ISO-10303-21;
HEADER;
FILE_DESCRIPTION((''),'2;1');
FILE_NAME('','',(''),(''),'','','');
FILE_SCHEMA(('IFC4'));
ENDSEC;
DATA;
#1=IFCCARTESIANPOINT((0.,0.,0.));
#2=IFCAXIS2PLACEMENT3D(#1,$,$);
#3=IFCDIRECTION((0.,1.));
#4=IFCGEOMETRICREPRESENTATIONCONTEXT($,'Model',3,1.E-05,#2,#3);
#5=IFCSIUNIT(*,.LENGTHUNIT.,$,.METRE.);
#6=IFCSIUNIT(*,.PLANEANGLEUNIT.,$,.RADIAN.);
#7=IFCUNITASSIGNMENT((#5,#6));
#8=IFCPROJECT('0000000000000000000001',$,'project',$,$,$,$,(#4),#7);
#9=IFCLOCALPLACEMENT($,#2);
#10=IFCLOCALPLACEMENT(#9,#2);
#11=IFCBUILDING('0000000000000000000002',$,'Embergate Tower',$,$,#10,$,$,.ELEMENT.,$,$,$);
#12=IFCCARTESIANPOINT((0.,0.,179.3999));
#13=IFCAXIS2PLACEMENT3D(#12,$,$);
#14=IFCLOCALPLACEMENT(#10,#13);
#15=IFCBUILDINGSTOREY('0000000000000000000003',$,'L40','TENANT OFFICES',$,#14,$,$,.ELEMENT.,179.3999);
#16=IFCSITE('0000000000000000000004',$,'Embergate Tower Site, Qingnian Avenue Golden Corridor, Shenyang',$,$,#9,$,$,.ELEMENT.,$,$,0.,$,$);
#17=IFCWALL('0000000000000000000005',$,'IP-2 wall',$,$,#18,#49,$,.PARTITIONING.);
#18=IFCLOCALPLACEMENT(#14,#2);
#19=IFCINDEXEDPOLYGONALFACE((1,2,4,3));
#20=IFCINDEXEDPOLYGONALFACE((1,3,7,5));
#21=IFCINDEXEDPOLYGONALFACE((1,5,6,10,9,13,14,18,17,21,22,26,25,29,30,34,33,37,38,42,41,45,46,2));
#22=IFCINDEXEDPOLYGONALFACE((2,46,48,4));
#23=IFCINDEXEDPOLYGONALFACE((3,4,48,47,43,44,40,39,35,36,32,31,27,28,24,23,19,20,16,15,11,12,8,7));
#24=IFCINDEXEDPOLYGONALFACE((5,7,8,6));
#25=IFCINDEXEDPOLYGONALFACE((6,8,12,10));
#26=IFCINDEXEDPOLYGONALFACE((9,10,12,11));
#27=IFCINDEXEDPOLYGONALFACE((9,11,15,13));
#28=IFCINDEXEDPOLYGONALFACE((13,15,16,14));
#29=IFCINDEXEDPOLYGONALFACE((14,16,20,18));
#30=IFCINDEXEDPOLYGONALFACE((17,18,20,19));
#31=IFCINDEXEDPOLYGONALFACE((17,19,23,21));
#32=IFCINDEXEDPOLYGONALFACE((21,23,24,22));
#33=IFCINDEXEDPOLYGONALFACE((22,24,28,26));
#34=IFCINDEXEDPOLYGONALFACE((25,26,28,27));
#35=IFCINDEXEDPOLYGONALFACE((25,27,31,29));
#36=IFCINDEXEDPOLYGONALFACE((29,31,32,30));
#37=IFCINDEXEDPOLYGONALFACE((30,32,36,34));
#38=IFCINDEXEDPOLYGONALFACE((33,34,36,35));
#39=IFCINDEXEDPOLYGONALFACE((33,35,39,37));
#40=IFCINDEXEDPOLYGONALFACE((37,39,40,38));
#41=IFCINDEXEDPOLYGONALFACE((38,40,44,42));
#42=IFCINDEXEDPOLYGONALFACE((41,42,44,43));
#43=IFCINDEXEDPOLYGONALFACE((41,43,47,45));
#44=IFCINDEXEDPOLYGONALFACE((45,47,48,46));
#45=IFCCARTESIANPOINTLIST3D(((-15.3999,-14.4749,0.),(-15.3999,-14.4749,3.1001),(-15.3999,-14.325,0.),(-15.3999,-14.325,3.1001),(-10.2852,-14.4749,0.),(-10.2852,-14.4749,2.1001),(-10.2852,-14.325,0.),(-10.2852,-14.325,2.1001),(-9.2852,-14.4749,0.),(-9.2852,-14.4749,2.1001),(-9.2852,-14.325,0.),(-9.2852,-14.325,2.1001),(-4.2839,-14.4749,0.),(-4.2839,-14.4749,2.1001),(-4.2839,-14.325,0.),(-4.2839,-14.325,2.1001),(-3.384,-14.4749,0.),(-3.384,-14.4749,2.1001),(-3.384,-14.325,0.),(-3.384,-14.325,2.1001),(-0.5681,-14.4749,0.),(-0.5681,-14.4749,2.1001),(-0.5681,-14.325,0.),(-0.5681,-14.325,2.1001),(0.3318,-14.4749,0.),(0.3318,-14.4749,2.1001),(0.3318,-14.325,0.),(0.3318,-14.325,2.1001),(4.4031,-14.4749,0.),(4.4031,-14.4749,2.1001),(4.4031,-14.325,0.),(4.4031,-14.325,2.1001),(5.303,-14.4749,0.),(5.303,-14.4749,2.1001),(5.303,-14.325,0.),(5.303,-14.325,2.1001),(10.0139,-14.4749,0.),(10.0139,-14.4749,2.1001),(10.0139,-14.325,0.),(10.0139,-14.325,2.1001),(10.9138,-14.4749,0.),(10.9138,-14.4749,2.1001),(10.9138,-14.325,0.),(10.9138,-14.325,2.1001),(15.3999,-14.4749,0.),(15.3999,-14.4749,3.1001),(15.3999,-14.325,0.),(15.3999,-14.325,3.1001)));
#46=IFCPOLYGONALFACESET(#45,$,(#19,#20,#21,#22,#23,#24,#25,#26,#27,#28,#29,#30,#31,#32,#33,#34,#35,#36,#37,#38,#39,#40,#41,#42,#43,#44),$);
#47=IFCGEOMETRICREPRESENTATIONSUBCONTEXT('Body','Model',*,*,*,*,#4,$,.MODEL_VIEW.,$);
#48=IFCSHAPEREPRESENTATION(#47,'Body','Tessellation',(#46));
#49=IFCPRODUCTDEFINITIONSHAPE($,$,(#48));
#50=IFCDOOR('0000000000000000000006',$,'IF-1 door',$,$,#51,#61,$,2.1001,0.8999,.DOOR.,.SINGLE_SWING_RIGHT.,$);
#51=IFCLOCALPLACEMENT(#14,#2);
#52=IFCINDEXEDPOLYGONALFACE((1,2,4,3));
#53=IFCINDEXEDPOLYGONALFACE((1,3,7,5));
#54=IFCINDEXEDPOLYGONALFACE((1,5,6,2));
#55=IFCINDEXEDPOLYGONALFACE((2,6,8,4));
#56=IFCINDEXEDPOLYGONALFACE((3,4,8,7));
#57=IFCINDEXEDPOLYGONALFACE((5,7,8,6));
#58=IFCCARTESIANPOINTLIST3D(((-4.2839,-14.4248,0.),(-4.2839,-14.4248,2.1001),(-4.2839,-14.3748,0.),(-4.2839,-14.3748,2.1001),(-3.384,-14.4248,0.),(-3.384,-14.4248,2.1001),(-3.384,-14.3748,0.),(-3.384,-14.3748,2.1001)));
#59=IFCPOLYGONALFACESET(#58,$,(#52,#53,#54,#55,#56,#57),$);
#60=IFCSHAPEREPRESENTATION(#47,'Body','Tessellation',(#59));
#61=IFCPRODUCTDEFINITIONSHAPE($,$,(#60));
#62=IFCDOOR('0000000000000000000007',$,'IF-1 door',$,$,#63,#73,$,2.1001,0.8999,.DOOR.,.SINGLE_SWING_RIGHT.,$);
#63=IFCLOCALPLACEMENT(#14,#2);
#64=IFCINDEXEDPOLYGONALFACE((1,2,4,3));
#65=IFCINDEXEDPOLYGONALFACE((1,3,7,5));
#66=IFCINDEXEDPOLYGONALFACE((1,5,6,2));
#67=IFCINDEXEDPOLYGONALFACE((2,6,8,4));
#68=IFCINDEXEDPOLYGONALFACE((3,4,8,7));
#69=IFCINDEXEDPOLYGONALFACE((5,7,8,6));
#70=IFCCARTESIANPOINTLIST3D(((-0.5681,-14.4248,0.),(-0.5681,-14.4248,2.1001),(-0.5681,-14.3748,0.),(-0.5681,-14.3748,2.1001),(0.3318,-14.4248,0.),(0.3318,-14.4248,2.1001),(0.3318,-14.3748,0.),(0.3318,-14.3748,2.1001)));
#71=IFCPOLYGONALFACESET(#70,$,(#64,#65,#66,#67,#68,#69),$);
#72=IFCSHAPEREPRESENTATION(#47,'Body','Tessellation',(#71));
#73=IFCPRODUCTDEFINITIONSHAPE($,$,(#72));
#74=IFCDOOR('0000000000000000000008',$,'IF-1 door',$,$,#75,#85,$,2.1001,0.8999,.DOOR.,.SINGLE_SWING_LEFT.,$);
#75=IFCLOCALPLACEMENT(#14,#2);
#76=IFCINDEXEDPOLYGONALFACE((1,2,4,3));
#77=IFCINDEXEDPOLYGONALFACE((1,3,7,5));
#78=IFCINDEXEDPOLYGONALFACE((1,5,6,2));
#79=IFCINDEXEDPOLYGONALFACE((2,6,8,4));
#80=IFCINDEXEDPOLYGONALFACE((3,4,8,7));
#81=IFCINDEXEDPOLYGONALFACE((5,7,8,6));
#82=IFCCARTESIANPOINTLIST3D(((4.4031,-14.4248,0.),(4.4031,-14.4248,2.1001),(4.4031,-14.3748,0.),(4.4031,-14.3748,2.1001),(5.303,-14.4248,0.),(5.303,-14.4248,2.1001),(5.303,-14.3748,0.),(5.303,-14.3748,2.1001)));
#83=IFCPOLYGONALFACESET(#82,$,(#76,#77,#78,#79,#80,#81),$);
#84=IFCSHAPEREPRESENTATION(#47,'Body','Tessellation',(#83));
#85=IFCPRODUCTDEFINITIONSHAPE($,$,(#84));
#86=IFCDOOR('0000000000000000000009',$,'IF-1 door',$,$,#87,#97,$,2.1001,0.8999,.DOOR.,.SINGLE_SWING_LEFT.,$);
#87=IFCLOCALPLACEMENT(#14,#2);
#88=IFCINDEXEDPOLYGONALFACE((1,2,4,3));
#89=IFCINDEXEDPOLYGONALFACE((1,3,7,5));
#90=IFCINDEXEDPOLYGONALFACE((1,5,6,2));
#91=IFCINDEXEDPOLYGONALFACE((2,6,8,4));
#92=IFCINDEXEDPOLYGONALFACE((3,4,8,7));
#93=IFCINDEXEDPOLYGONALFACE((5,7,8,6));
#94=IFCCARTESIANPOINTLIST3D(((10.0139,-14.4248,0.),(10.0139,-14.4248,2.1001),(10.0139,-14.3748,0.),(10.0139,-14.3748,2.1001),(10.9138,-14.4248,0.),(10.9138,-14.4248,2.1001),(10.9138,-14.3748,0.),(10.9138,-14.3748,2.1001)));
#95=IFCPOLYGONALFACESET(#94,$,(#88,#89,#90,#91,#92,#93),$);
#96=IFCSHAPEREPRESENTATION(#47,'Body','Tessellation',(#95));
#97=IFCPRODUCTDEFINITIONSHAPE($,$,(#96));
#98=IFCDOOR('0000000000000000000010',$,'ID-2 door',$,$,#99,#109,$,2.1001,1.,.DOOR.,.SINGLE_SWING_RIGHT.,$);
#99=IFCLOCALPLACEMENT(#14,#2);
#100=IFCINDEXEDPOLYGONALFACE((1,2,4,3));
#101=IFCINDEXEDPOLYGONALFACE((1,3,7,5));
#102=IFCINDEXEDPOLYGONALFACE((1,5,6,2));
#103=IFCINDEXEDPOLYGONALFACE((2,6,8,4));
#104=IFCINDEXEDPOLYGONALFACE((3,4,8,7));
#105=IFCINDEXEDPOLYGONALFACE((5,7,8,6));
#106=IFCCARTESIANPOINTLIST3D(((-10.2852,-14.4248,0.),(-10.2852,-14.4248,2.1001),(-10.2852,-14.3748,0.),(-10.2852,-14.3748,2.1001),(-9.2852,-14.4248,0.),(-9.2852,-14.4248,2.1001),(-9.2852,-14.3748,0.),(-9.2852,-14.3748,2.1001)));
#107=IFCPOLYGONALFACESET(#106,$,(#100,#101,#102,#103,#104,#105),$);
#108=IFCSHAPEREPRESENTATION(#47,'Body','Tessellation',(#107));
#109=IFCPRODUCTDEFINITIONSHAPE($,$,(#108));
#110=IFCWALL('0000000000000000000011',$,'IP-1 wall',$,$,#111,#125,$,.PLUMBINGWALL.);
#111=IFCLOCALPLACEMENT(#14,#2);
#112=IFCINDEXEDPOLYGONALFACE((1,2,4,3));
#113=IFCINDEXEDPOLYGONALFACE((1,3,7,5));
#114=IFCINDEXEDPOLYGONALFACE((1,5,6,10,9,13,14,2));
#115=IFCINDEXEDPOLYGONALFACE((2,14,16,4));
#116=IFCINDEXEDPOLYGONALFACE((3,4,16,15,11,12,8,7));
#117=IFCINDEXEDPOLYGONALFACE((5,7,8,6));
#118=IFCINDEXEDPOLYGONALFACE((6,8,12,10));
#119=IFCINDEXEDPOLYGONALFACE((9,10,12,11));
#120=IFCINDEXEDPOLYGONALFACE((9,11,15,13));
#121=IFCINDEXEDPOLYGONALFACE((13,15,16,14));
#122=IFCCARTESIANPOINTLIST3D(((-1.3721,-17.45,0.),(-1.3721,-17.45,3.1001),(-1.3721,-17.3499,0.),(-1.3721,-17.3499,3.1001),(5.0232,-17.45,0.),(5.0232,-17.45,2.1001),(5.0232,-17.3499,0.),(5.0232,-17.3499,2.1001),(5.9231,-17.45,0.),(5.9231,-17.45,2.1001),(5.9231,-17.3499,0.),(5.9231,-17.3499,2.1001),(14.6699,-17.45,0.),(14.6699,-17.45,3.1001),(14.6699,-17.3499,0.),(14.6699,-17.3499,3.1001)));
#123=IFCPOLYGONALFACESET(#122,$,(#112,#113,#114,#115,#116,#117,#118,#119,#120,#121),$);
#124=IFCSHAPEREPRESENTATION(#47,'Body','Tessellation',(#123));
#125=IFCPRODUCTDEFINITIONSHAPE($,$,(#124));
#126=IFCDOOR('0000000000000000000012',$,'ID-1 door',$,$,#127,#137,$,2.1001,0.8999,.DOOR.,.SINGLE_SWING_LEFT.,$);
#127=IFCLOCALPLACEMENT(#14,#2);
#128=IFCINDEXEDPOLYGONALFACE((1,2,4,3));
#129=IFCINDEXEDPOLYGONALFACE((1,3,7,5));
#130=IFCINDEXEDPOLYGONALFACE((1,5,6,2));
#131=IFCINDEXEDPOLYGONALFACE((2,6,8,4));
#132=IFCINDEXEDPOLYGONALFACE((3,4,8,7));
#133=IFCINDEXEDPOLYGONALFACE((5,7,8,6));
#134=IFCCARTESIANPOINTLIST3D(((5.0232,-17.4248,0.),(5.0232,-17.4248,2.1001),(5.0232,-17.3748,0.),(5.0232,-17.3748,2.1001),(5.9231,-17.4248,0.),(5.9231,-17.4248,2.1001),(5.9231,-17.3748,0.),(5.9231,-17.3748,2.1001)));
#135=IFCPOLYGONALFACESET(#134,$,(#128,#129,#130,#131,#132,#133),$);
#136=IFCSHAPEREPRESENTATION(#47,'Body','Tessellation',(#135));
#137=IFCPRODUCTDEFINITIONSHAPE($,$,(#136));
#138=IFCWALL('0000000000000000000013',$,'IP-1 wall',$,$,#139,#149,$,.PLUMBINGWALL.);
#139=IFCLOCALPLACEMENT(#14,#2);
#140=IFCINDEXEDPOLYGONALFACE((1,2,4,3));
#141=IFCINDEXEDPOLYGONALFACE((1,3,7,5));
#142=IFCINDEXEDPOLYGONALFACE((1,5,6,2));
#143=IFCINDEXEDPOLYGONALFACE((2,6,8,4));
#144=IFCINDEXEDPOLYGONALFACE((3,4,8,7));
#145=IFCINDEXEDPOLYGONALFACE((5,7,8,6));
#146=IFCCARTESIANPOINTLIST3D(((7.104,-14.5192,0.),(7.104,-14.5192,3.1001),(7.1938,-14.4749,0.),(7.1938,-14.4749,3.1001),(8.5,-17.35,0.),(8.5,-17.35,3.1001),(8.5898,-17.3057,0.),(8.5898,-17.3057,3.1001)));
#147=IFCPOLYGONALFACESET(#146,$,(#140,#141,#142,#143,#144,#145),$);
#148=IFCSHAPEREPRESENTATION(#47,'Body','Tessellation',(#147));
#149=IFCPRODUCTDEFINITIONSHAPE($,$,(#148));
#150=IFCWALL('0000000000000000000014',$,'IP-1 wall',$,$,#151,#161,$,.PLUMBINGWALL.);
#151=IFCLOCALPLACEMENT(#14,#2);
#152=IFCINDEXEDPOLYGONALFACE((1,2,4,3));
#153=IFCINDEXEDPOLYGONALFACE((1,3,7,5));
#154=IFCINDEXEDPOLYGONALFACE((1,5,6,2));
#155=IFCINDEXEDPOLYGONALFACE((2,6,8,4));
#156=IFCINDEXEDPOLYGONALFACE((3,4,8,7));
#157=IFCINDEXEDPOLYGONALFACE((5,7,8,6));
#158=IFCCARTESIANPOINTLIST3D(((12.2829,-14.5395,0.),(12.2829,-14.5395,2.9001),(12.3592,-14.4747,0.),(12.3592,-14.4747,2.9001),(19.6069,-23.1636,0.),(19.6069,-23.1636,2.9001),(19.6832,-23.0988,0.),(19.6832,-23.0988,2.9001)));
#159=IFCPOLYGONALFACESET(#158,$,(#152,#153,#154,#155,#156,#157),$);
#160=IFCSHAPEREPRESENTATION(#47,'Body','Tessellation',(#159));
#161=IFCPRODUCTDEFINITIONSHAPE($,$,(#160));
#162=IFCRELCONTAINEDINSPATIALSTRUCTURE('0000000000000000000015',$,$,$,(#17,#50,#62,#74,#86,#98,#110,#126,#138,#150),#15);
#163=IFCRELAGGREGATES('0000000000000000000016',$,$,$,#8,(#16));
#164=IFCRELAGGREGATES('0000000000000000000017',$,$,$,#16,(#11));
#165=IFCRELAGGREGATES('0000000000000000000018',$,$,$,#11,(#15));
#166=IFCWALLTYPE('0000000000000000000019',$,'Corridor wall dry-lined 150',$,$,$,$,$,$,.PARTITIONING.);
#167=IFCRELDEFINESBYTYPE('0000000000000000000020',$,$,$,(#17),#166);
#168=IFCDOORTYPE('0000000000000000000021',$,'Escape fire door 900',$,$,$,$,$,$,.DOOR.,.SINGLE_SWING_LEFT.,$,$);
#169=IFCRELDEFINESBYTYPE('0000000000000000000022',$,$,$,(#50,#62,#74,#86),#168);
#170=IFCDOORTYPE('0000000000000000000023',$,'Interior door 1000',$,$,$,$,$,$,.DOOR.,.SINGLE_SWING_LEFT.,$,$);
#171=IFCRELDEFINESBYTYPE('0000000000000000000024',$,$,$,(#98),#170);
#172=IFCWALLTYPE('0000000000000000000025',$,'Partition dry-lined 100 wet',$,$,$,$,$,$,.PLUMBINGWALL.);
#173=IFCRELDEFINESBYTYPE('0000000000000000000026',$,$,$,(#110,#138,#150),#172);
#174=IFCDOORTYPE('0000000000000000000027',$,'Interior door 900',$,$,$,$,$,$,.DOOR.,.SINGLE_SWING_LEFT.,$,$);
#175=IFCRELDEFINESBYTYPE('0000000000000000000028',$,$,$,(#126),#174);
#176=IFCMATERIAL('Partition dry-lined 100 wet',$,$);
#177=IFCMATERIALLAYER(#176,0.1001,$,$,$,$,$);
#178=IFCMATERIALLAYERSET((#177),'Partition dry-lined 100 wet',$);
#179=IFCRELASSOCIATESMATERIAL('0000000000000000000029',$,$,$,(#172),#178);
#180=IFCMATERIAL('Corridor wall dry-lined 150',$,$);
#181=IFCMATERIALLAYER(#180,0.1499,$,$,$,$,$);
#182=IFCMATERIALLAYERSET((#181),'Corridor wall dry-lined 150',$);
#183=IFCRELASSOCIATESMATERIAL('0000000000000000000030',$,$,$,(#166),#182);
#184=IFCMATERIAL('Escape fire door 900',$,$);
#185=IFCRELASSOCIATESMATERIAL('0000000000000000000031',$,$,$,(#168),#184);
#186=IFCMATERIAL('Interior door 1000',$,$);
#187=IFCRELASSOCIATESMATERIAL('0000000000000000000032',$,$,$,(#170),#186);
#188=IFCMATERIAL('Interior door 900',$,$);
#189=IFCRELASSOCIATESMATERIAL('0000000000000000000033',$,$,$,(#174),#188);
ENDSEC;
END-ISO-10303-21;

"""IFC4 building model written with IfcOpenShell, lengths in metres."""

from ifc_helpers import new_model, si_unit, direction, frame, frame_2d, origin, place, context, subcontext, project, spatial, rectangle, extrude, source, transform, mapped, material, layer, layer_set, type_object, element, fill, save


model = new_model("IFC4")

# Units and contexts
model_context = context("Model", 3, precision=1e-05, world=origin(), true_north=direction((0.0, 1.0)))
body_context = subcontext(model_context, "Body", "Model", "MODEL_VIEW")
ifc_project = project(units=[si_unit("LENGTHUNIT", "METRE"), si_unit("PLANEANGLEUNIT", "RADIAN")], contexts=[model_context])

# Site, building, storey
site_placement = place(None, origin())
site = spatial("IfcSite", under=ifc_project, at=site_placement, Name="Embergate Tower Site, Qingnian Avenue Golden Corridor, Shenyang", CompositionType="ELEMENT", RefElevation=0.0)
building_placement = place(site_placement, origin())
building = spatial("IfcBuilding", under=site, at=building_placement, Name="Embergate Tower", CompositionType="ELEMENT")
storey_placement = place(building_placement, frame((0.0, 0.0, 179.3999)))
storey = spatial("IfcBuildingStorey", under=building, at=storey_placement, Name="L40", Description="TENANT OFFICES", CompositionType="ELEMENT", Elevation=179.3999)

# Shared definitions
shared_shape_1 = source(origin(), body_context, "Body", "SweptSolid", [
    extrude(rectangle(XDim=1.0, YDim=2.1001, at=frame_2d((0.5, 1.05))), frame((0.0, 0.0249, 0.0), z_axis=(0.0, -1.0, 0.0), x_axis=(1.0, 0.0, 0.0)), (0.0, 0.0, 1.0), 0.05),
])

# Shared definitions
ifc_material_1 = material(Name="Partition dry-lined 100 wet")
ifc_layer_1 = layer(ifc_material_1, 0.1001)
ifc_layer_set_1 = layer_set([ifc_layer_1], Name="Partition dry-lined 100 wet")
wall_type_1 = type_object("IfcWallType", Name="Partition dry-lined 100 wet", PredefinedType="PLUMBINGWALL", material=ifc_layer_set_1)

# Wall, openings, doors
ifc_material_2 = material(Name="Corridor wall dry-lined 150")
ifc_layer_2 = layer(ifc_material_2, 0.1499)
ifc_layer_set_2 = layer_set([ifc_layer_2], Name="Corridor wall dry-lined 150")
wall_type_2 = type_object("IfcWallType", Name="Corridor wall dry-lined 150", PredefinedType="PARTITIONING", material=ifc_layer_set_2)
shared_shape_2 = source(origin(), body_context, "Body", "SweptSolid", [
    extrude(rectangle(XDim=30.7998, YDim=0.1499, at=frame_2d((15.3999, 0.0))), origin(), (0.0, 0.0, 1.0), 3.1001),
])
wall_1_placement = place(storey_placement, frame((15.3999, -14.3999, 0.0), z_axis=(0.0, 0.0, 1.0), x_axis=(-1.0, 0.0, 0.0)))
wall_1 = element("IfcWall", 1, at=wall_1_placement, inside=storey, type_object=wall_type_2, Name="IP-2 wall", PredefinedType="PARTITIONING", context=body_context, shape_type="MappedRepresentation", body=[
    mapped(shared_shape_2, transform((0.0, 0.0, 0.0))),
])
shared_shape_3 = source(origin(), body_context, "Body", "SweptSolid", [
    extrude(rectangle(XDim=1.0, YDim=2.1001, at=frame_2d((0.5, 1.05))), frame((0.0, 0.085, 0.0), z_axis=(0.0, -1.0, 0.0), x_axis=(1.0, 0.0, 0.0)), (0.0, 0.0, 1.0), 0.1699),
])
opening_1_placement = place(wall_1_placement, frame((24.6851, 0.0, 0.0)))
opening_1 = element("IfcOpeningElement", 2, at=opening_1_placement, cuts=wall_1, PredefinedType="OPENING", context=body_context, shape_type="MappedRepresentation", body=[
    mapped(shared_shape_3, transform((0.0, 0.0, 0.0))),
])
shared_shape_4 = source(origin(), body_context, "Body", "SweptSolid", [
    extrude(rectangle(XDim=0.8999, YDim=2.1001, at=frame_2d((0.45, 1.05))), frame((0.0, 0.085, 0.0), z_axis=(0.0, -1.0, 0.0), x_axis=(1.0, 0.0, 0.0)), (0.0, 0.0, 1.0), 0.1699),
])
opening_2_placement = place(wall_1_placement, frame((18.7839, 0.0, 0.0)))
opening_2 = element("IfcOpeningElement", 3, at=opening_2_placement, cuts=wall_1, PredefinedType="OPENING", context=body_context, shape_type="MappedRepresentation", body=[
    mapped(shared_shape_4, transform((0.0, 0.0, 0.0))),
])
opening_3_placement = place(wall_1_placement, frame((15.0681, 0.0, 0.0)))
opening_3 = element("IfcOpeningElement", 4, at=opening_3_placement, cuts=wall_1, PredefinedType="OPENING", context=body_context, shape_type="MappedRepresentation", body=[
    mapped(shared_shape_4, transform((0.0, 0.0, 0.0))),
])
opening_4_placement = place(wall_1_placement, frame((10.0969, 0.0, 0.0)))
opening_4 = element("IfcOpeningElement", 5, at=opening_4_placement, cuts=wall_1, PredefinedType="OPENING", context=body_context, shape_type="MappedRepresentation", body=[
    mapped(shared_shape_4, transform((0.0, 0.0, 0.0))),
])
opening_5_placement = place(wall_1_placement, frame((4.4861, 0.0, 0.0)))
opening_5 = element("IfcOpeningElement", 6, at=opening_5_placement, cuts=wall_1, PredefinedType="OPENING", context=body_context, shape_type="MappedRepresentation", body=[
    mapped(shared_shape_4, transform((0.0, 0.0, 0.0))),
])
ifc_material_3 = material(Name="Escape fire door 900")
door_type_1 = type_object("IfcDoorType", Name="Escape fire door 900", OperationType="SINGLE_SWING_LEFT", PredefinedType="DOOR", material=ifc_material_3)
shared_shape_5 = source(origin(), body_context, "Body", "SweptSolid", [
    extrude(rectangle(XDim=0.8999, YDim=2.1001, at=frame_2d((0.45, 1.05))), frame((0.0, 0.0249, 0.0), z_axis=(0.0, -1.0, 0.0), x_axis=(1.0, 0.0, 0.0)), (0.0, 0.0, 1.0), 0.05),
])
door_1_placement = place(opening_2_placement, origin())
door_1 = element("IfcDoor", 7, at=door_1_placement, inside=storey, type_object=door_type_1, Name="IF-1 door", OperationType="SINGLE_SWING_RIGHT", OverallHeight=2.1001, OverallWidth=0.8999, PredefinedType="DOOR", context=body_context, shape_type="MappedRepresentation", body=[
    mapped(shared_shape_5, transform((0.0, 0.0, 0.0))),
])
fill(opening_2, door_1)
door_2_placement = place(opening_3_placement, origin())
door_2 = element("IfcDoor", 8, at=door_2_placement, inside=storey, type_object=door_type_1, Name="IF-1 door", OperationType="SINGLE_SWING_RIGHT", OverallHeight=2.1001, OverallWidth=0.8999, PredefinedType="DOOR", context=body_context, shape_type="MappedRepresentation", body=[
    mapped(shared_shape_5, transform((0.0, 0.0, 0.0))),
])
fill(opening_3, door_2)
door_3_placement = place(opening_4_placement, origin())
door_3 = element("IfcDoor", 9, at=door_3_placement, inside=storey, type_object=door_type_1, Name="IF-1 door", OperationType="SINGLE_SWING_LEFT", OverallHeight=2.1001, OverallWidth=0.8999, PredefinedType="DOOR", context=body_context, shape_type="MappedRepresentation", body=[
    mapped(shared_shape_5, transform((0.0, 0.0, 0.0))),
])
fill(opening_4, door_3)
door_4_placement = place(opening_5_placement, origin())
door_4 = element("IfcDoor", 10, at=door_4_placement, inside=storey, type_object=door_type_1, Name="IF-1 door", OperationType="SINGLE_SWING_LEFT", OverallHeight=2.1001, OverallWidth=0.8999, PredefinedType="DOOR", context=body_context, shape_type="MappedRepresentation", body=[
    mapped(shared_shape_5, transform((0.0, 0.0, 0.0))),
])
fill(opening_5, door_4)
ifc_material_4 = material(Name="Interior door 1000")
door_type_2 = type_object("IfcDoorType", Name="Interior door 1000", OperationType="SINGLE_SWING_LEFT", PredefinedType="DOOR", material=ifc_material_4)
door_5_placement = place(opening_1_placement, origin())
door_5 = element("IfcDoor", 11, at=door_5_placement, inside=storey, type_object=door_type_2, Name="ID-2 door", OperationType="SINGLE_SWING_RIGHT", OverallHeight=2.1001, OverallWidth=1.0, PredefinedType="DOOR", context=body_context, shape_type="MappedRepresentation", body=[
    mapped(shared_shape_1, transform((0.0, 0.0, 0.0))),
])
fill(opening_1, door_5)

# Wall, opening, door
shared_shape_6 = source(origin(), body_context, "Body", "SweptSolid", [
    extrude(rectangle(XDim=16.042, YDim=0.1001, at=frame_2d((8.021, 0.0))), origin(), (0.0, 0.0, 1.0), 3.1001),
])
wall_2_placement = place(storey_placement, frame((14.6699, -17.3999, 0.0), z_axis=(0.0, 0.0, 1.0), x_axis=(-1.0, 0.0, 0.0)))
wall_2 = element("IfcWall", 12, at=wall_2_placement, inside=storey, type_object=wall_type_1, Name="IP-1 wall", PredefinedType="PLUMBINGWALL", context=body_context, shape_type="MappedRepresentation", body=[
    mapped(shared_shape_6, transform((0.0, 0.0, 0.0))),
])
shared_shape_7 = source(origin(), body_context, "Body", "SweptSolid", [
    extrude(rectangle(XDim=0.8999, YDim=2.1001, at=frame_2d((0.45, 1.05))), frame((0.0, 0.0601, 0.0), z_axis=(0.0, -1.0, 0.0), x_axis=(1.0, 0.0, 0.0)), (0.0, 0.0, 1.0), 0.1201),
])
opening_6_placement = place(wall_2_placement, frame((8.7468, 0.0, 0.0)))
opening_6 = element("IfcOpeningElement", 13, at=opening_6_placement, cuts=wall_2, PredefinedType="OPENING", context=body_context, shape_type="MappedRepresentation", body=[
    mapped(shared_shape_7, transform((0.0, 0.0, 0.0))),
])
ifc_material_5 = material(Name="Interior door 900")
door_type_3 = type_object("IfcDoorType", Name="Interior door 900", OperationType="SINGLE_SWING_LEFT", PredefinedType="DOOR", material=ifc_material_5)
door_6_placement = place(opening_6_placement, origin())
door_6 = element("IfcDoor", 14, at=door_6_placement, inside=storey, type_object=door_type_3, Name="ID-1 door", OperationType="SINGLE_SWING_LEFT", OverallHeight=2.1001, OverallWidth=0.8999, PredefinedType="DOOR", context=body_context, shape_type="MappedRepresentation", body=[
    mapped(shared_shape_5, transform((0.0, 0.0, 0.0))),
])
fill(opening_6, door_6)

# Walls
shared_shape_8 = source(origin(), body_context, "Body", "SweptSolid", [
    extrude(rectangle(XDim=3.1562, YDim=0.1001, at=frame_2d((1.5781, 0.0))), origin(), (0.0, 0.0, 1.0), 3.1001),
])
wall_3_placement = place(storey_placement, frame((7.1489, -14.4971, 0.0), z_axis=(0.0, 0.0, 1.0), x_axis=(0.442287, -0.896873, 0.0)))
element("IfcWall", 15, at=wall_3_placement, inside=storey, type_object=wall_type_1, Name="IP-1 wall", PredefinedType="PLUMBINGWALL", context=body_context, shape_type="MappedRepresentation", body=[
    mapped(shared_shape_8, transform((0.0, 0.0, 0.0))),
])
shared_shape_9 = source(origin(), body_context, "Body", "SweptSolid", [
    extrude(rectangle(XDim=11.3145, YDim=0.1001, at=frame_2d((5.6572, 0.0))), origin(), (0.0, 0.0, 1.0), 2.9001),
])
wall_4_placement = place(storey_placement, frame((12.321, -14.5071, 0.0), z_axis=(0.0, 0.0, 1.0), x_axis=(0.647318, -0.76222, 0.0)))
element("IfcWall", 16, at=wall_4_placement, inside=storey, type_object=wall_type_1, Name="IP-1 wall", PredefinedType="PLUMBINGWALL", context=body_context, shape_type="MappedRepresentation", body=[
    mapped(shared_shape_9, transform((0.0, 0.0, 0.0))),
])

save(model, "model.ifc")
